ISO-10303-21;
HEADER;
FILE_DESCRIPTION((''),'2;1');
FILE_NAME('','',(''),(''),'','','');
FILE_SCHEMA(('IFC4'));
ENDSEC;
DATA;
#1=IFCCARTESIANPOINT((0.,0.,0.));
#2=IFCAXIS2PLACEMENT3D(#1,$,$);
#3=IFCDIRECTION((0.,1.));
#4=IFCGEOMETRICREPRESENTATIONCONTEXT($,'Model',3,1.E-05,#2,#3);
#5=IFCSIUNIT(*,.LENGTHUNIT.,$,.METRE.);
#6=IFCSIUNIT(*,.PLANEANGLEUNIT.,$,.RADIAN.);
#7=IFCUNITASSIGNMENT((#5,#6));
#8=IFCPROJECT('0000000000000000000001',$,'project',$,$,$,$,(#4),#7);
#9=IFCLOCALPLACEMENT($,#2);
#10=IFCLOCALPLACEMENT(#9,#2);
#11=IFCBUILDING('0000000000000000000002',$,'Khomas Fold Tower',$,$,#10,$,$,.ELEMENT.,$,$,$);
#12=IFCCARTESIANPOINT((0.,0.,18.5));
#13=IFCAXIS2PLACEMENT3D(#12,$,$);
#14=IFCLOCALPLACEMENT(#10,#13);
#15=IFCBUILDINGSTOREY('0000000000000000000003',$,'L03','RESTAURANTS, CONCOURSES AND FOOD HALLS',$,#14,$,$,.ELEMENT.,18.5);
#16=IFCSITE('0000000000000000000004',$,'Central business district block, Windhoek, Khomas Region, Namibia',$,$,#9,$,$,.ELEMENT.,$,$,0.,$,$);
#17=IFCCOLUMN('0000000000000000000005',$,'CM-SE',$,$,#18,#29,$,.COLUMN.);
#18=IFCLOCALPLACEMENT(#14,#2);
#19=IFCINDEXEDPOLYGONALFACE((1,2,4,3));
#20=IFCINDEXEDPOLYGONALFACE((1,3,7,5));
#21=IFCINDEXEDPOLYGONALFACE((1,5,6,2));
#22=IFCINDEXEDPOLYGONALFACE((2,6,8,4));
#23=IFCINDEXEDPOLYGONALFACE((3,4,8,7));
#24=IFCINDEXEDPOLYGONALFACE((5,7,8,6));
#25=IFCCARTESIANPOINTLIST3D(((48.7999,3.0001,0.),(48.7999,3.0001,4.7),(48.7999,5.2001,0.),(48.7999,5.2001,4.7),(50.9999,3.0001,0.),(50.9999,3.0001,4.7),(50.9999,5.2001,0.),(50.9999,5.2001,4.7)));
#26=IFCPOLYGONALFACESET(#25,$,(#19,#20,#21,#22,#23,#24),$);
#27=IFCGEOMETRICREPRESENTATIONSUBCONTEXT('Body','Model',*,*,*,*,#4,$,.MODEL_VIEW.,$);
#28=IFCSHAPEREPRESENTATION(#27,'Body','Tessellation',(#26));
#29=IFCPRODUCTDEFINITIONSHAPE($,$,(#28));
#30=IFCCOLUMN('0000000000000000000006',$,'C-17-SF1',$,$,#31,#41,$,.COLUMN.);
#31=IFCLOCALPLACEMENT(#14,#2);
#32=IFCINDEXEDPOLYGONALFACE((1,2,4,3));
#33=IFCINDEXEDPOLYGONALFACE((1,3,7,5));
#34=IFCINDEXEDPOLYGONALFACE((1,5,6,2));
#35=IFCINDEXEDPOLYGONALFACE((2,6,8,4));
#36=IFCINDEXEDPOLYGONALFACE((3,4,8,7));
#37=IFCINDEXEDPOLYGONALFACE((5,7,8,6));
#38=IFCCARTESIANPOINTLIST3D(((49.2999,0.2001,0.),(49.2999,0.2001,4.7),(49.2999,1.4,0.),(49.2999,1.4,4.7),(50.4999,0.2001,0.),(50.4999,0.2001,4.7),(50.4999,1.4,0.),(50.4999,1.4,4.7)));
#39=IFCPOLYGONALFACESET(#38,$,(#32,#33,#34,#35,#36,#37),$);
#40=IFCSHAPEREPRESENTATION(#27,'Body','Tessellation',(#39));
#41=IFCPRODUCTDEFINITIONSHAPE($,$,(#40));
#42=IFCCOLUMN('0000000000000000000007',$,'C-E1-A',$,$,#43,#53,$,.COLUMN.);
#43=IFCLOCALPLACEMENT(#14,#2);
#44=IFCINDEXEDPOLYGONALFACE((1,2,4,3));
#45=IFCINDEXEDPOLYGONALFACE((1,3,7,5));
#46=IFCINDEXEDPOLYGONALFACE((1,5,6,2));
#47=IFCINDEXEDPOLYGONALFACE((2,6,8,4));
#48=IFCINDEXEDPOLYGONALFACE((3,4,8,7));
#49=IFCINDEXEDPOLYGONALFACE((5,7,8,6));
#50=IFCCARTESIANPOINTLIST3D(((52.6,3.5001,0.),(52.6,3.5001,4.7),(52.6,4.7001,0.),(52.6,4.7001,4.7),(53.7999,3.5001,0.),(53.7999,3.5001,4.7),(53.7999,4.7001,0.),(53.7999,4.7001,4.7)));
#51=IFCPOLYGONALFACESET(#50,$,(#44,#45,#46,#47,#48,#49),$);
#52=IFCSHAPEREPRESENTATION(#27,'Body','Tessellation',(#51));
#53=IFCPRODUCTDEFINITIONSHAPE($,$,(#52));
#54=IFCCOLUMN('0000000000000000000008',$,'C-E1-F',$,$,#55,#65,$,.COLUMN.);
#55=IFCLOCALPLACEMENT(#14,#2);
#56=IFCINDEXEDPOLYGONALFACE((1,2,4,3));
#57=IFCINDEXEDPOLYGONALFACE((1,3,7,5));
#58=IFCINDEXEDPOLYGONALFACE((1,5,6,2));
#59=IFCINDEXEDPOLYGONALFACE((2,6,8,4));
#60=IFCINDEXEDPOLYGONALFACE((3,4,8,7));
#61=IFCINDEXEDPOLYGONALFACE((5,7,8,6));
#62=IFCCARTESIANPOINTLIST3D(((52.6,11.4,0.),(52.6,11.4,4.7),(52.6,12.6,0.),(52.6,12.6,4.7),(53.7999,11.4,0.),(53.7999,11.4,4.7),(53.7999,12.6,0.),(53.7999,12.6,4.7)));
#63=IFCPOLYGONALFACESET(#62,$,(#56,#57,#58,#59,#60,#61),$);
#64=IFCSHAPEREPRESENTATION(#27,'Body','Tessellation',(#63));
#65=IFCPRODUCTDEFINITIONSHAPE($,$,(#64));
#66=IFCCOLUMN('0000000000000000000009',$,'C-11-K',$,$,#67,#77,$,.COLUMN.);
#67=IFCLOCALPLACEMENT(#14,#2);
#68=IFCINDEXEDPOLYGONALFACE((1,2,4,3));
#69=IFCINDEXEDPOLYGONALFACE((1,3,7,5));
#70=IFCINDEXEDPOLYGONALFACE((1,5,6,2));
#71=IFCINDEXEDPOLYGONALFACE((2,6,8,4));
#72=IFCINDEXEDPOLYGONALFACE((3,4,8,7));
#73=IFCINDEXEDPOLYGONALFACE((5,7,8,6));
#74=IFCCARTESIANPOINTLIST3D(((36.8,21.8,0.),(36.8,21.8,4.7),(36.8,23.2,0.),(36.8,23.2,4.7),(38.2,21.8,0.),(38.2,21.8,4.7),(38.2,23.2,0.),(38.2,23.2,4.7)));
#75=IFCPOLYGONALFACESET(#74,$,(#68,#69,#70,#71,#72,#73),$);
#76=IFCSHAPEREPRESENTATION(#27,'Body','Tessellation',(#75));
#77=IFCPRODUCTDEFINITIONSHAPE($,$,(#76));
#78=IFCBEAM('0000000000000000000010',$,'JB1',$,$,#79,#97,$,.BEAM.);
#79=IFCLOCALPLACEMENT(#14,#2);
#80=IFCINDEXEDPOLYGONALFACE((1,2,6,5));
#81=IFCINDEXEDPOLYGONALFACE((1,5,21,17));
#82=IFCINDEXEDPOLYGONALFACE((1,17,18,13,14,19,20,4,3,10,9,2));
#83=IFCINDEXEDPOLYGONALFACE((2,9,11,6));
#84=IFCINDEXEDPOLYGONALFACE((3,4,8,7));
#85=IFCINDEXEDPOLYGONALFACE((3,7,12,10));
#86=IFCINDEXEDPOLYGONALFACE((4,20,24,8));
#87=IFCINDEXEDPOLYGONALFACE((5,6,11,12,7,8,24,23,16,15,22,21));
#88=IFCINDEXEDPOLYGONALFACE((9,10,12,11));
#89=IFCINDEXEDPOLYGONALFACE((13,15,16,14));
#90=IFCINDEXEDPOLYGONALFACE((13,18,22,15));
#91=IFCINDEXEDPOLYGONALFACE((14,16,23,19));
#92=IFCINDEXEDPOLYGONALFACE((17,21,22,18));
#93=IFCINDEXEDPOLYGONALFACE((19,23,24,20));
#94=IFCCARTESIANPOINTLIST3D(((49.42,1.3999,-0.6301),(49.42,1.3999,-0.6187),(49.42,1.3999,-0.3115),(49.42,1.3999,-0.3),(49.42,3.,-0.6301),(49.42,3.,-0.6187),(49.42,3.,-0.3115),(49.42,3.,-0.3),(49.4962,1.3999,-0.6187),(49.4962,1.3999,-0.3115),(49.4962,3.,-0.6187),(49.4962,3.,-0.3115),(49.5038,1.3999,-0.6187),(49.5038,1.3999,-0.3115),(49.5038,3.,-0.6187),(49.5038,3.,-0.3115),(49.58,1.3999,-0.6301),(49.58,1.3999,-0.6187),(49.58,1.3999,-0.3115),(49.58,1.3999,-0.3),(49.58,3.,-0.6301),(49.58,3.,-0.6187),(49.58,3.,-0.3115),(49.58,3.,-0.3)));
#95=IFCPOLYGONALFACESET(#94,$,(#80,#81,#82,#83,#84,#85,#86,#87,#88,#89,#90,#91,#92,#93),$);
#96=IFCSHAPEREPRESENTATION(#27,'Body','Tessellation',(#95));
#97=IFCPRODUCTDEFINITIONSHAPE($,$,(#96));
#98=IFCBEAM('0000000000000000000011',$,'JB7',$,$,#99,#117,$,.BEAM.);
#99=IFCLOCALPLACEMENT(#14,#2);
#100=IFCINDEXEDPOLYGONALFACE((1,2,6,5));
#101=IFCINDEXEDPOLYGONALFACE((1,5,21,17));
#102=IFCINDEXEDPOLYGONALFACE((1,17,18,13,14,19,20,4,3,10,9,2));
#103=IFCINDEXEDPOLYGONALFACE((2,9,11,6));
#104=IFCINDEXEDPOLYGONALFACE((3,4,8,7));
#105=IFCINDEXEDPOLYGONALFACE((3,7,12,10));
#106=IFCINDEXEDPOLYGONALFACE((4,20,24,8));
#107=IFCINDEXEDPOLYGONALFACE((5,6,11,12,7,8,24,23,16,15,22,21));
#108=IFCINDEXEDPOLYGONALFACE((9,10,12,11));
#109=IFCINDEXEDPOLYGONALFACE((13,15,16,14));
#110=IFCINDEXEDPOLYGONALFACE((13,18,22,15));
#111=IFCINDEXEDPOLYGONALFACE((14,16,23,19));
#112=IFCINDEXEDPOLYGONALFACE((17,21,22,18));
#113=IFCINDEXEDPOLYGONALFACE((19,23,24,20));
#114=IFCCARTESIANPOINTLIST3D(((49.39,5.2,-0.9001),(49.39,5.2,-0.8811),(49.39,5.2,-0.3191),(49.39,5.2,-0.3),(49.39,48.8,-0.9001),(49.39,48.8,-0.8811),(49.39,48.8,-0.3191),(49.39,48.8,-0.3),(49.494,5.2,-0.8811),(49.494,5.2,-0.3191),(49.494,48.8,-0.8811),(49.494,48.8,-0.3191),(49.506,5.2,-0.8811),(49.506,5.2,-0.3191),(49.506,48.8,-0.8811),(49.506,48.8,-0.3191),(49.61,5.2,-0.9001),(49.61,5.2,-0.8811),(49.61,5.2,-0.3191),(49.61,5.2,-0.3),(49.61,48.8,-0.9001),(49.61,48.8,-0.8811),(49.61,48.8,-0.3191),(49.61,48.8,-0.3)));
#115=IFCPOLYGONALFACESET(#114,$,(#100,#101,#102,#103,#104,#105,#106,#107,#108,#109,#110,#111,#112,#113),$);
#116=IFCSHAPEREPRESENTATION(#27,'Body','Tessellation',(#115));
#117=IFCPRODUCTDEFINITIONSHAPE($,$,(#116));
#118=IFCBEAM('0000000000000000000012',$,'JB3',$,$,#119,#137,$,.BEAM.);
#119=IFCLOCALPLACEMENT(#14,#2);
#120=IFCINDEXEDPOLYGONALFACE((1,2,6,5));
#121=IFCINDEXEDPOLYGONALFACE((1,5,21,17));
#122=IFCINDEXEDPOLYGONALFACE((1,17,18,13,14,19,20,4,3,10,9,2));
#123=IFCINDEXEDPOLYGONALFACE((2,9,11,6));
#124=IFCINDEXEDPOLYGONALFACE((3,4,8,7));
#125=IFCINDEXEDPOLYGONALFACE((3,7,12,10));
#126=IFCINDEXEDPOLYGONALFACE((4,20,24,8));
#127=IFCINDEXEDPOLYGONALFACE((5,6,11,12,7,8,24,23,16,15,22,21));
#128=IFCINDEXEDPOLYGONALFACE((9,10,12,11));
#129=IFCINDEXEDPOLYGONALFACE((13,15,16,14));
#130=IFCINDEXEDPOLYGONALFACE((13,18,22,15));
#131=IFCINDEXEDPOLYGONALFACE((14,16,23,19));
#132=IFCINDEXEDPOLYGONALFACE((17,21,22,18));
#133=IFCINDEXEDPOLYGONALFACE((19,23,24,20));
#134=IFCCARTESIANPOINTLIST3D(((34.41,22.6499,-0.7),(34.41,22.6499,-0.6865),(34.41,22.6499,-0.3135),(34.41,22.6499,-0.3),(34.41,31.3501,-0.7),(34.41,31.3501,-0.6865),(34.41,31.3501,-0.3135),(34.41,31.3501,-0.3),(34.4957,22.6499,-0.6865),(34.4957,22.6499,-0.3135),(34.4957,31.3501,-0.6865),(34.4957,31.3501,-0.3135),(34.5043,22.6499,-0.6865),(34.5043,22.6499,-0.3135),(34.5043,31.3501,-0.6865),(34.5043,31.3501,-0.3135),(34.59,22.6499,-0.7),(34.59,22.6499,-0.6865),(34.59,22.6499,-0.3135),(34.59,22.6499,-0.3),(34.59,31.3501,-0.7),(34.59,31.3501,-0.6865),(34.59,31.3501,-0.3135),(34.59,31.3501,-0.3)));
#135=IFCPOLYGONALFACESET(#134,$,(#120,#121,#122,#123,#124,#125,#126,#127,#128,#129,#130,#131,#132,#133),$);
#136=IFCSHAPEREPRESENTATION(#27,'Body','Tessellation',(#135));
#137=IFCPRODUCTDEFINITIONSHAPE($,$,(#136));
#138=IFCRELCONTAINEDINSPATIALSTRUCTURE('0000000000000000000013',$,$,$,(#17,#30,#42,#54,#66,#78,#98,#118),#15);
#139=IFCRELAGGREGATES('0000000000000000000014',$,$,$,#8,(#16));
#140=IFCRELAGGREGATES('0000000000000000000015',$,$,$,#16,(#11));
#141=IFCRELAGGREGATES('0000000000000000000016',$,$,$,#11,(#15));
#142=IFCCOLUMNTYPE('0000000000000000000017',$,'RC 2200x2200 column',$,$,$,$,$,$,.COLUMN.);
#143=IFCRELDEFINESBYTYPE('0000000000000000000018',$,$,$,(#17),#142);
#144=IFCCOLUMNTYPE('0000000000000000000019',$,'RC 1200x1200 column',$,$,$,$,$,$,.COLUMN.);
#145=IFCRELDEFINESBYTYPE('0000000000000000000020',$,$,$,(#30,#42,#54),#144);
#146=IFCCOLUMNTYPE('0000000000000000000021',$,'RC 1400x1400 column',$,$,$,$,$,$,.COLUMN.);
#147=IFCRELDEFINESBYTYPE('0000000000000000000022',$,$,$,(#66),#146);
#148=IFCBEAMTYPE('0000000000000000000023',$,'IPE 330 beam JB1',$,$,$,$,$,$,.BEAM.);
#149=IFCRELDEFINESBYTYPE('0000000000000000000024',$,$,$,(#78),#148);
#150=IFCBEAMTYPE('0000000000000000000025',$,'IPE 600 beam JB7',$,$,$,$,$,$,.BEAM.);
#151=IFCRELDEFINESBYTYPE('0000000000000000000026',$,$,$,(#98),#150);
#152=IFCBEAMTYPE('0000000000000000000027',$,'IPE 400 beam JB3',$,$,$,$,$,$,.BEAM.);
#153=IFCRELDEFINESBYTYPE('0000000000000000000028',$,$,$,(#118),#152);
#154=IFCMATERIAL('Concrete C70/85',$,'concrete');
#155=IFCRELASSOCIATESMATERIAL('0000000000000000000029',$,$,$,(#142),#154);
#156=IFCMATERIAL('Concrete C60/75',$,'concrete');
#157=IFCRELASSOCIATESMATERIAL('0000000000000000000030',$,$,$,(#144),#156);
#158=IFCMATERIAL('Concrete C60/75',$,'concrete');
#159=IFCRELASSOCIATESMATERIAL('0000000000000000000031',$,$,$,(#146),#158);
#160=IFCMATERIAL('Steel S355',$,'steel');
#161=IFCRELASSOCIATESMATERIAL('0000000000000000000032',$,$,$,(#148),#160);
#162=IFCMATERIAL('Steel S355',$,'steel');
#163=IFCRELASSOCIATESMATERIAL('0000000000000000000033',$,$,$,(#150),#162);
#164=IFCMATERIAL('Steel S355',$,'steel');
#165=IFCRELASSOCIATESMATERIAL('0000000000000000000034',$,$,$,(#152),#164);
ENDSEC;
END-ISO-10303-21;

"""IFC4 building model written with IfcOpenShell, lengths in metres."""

from ifc_helpers import new_model, si_unit, direction, frame, origin, origin_2d, place, context, subcontext, project, spatial, rectangle, i_section, extrude, source, transform, mapped, material, material_profile, profile_set, type_object, element, save


model = new_model("IFC4")

# Units and contexts
model_context = context("Model", 3, precision=1e-05, world=origin(), true_north=direction((0.0, 1.0)))
body_context = subcontext(model_context, "Body", "Model", "MODEL_VIEW")
ifc_project = project(units=[si_unit("LENGTHUNIT", "METRE"), si_unit("PLANEANGLEUNIT", "RADIAN")], contexts=[model_context])

# Site, building, storey
site_placement = place(None, origin())
site = spatial("IfcSite", under=ifc_project, at=site_placement, Name="Central business district block, Windhoek, Khomas Region, Namibia", CompositionType="ELEMENT", RefElevation=0.0)
building_placement = place(site_placement, origin())
building = spatial("IfcBuilding", under=site, at=building_placement, Name="Khomas Fold Tower", CompositionType="ELEMENT")
storey_placement = place(building_placement, frame((0.0, 0.0, 18.5)))
storey = spatial("IfcBuildingStorey", under=building, at=storey_placement, Name="L03", Description="RESTAURANTS, CONCOURSES AND FOOD HALLS", CompositionType="ELEMENT", Elevation=18.5)

# Columns
ifc_material_1 = material(Name="Concrete C70/85", Category="concrete")
ifc_material_profile_1 = material_profile(ifc_material_1, rectangle(XDim=2.2, YDim=2.2, at=origin_2d()), Name="RC 2200x2200")
ifc_profile_set_1 = profile_set([ifc_material_profile_1], Name="Concrete C70/85")
column_type_1 = type_object("IfcColumnType", Name="RC 2200x2200 column", PredefinedType="COLUMN", material=ifc_profile_set_1)
shared_shape_1 = source(origin(), body_context, "Body", "SweptSolid", [
    extrude(rectangle(XDim=2.2, YDim=2.2, at=origin_2d()), origin(), (0.0, 0.0, 1.0), 4.7),
])
column_1_placement = place(storey_placement, frame((49.8999, 4.1001, 0.0), z_axis=(0.0, 0.0, 1.0), x_axis=(1.0, 0.0, 0.0)))
element("IfcColumn", 1, at=column_1_placement, inside=storey, type_object=column_type_1, Name="CM-SE", PredefinedType="COLUMN", context=body_context, shape_type="MappedRepresentation", body=[
    mapped(shared_shape_1, transform((0.0, 0.0, 0.0))),
])
ifc_material_2 = material(Name="Concrete C60/75", Category="concrete")
ifc_material_profile_2 = material_profile(ifc_material_2, rectangle(XDim=1.2, YDim=1.2, at=origin_2d()), Name="RC 1200x1200")
ifc_profile_set_2 = profile_set([ifc_material_profile_2], Name="Concrete C60/75")
column_type_2 = type_object("IfcColumnType", Name="RC 1200x1200 column", PredefinedType="COLUMN", material=ifc_profile_set_2)
shared_shape_2 = source(origin(), body_context, "Body", "SweptSolid", [
    extrude(rectangle(XDim=1.2, YDim=1.2, at=origin_2d()), origin(), (0.0, 0.0, 1.0), 4.7),
])
for number, where, z_axis, x_axis, name in (
    (2, (49.8999, 0.8, 0.0), (0.0, 0.0, 1.0), (1.0, 0.0, 0.0), "C-17-SF1"),
    (3, (53.2, 4.1001, 0.0), (0.0, 0.0, 1.0), (1.0, 0.0, 0.0), "C-E1-A"),
    (4, (53.2, 12.0, 0.0), (0.0, 0.0, 1.0), (1.0, 0.0, 0.0), "C-E1-F"),
):
    element("IfcColumn", number, at=place(storey_placement, frame(where, z_axis=z_axis, x_axis=x_axis)), inside=storey, type_object=column_type_2, Name=name, PredefinedType="COLUMN", context=body_context, shape_type="MappedRepresentation", body=[
        mapped(shared_shape_2, transform((0.0, 0.0, 0.0))),
    ])
ifc_material_3 = material(Name="Concrete C60/75", Category="concrete")
ifc_material_profile_3 = material_profile(ifc_material_3, rectangle(XDim=1.3999, YDim=1.3999, at=origin_2d()), Name="RC 1400x1400")
ifc_profile_set_3 = profile_set([ifc_material_profile_3], Name="Concrete C60/75")
column_type_3 = type_object("IfcColumnType", Name="RC 1400x1400 column", PredefinedType="COLUMN", material=ifc_profile_set_3)
shared_shape_3 = source(origin(), body_context, "Body", "SweptSolid", [
    extrude(rectangle(XDim=1.3999, YDim=1.3999, at=origin_2d()), origin(), (0.0, 0.0, 1.0), 4.7),
])
column_2_placement = place(storey_placement, frame((37.5, 22.5, 0.0), z_axis=(0.0, 0.0, 1.0), x_axis=(1.0, 0.0, 0.0)))
element("IfcColumn", 5, at=column_2_placement, inside=storey, type_object=column_type_3, Name="C-11-K", PredefinedType="COLUMN", context=body_context, shape_type="MappedRepresentation", body=[
    mapped(shared_shape_3, transform((0.0, 0.0, 0.0))),
])

# Beams
ifc_material_4 = material(Name="Steel S355", Category="steel")
ifc_material_profile_4 = material_profile(ifc_material_4, i_section(OverallWidth=0.1599, OverallDepth=0.3301, WebThickness=0.0076, FlangeThickness=0.0115, at=origin_2d()), Name="IPE 330")
ifc_profile_set_4 = profile_set([ifc_material_profile_4], Name="Steel S355")
beam_type_1 = type_object("IfcBeamType", Name="IPE 330 beam JB1", PredefinedType="BEAM", material=ifc_profile_set_4)
shared_shape_4 = source(origin(), body_context, "Body", "SweptSolid", [
    extrude(i_section(OverallWidth=0.1599, OverallDepth=0.3301, WebThickness=0.0076, FlangeThickness=0.0115, at=origin_2d()), origin(), (0.0, 0.0, 1.0), 1.6001),
])
beam_1_placement = place(storey_placement, frame((49.5, 1.3999, -0.4651), z_axis=(0.0, 1.0, 0.0), x_axis=(-1.0, 0.0, 0.0)))
element("IfcBeam", 6, at=beam_1_placement, inside=storey, type_object=beam_type_1, Name="JB1", PredefinedType="BEAM", context=body_context, shape_type="MappedRepresentation", body=[
    mapped(shared_shape_4, transform((0.0, 0.0, 0.0))),
])
ifc_material_5 = material(Name="Steel S355", Category="steel")
ifc_material_profile_5 = material_profile(ifc_material_5, i_section(OverallWidth=0.22, OverallDepth=0.6001, WebThickness=0.012, FlangeThickness=0.019, at=origin_2d()), Name="IPE 600")
ifc_profile_set_5 = profile_set([ifc_material_profile_5], Name="Steel S355")
beam_type_2 = type_object("IfcBeamType", Name="IPE 600 beam JB7", PredefinedType="BEAM", material=ifc_profile_set_5)
shared_shape_5 = source(origin(), body_context, "Body", "SweptSolid", [
    extrude(i_section(OverallWidth=0.22, OverallDepth=0.6001, WebThickness=0.012, FlangeThickness=0.019, at=origin_2d()), origin(), (0.0, 0.0, 1.0), 43.6001),
])
beam_2_placement = place(storey_placement, frame((49.5, 5.2, -0.6001), z_axis=(0.0, 1.0, 0.0), x_axis=(-1.0, 0.0, 0.0)))
element("IfcBeam", 7, at=beam_2_placement, inside=storey, type_object=beam_type_2, Name="JB7", PredefinedType="BEAM", context=body_context, shape_type="MappedRepresentation", body=[
    mapped(shared_shape_5, transform((0.0, 0.0, 0.0))),
])
ifc_material_6 = material(Name="Steel S355", Category="steel")
ifc_material_profile_6 = material_profile(ifc_material_6, i_section(OverallWidth=0.1799, OverallDepth=0.3999, WebThickness=0.0085, FlangeThickness=0.0134, at=origin_2d()), Name="IPE 400")
ifc_profile_set_6 = profile_set([ifc_material_profile_6], Name="Steel S355")
beam_type_3 = type_object("IfcBeamType", Name="IPE 400 beam JB3", PredefinedType="BEAM", material=ifc_profile_set_6)
shared_shape_6 = source(origin(), body_context, "Body", "SweptSolid", [
    extrude(i_section(OverallWidth=0.1799, OverallDepth=0.3999, WebThickness=0.0085, FlangeThickness=0.0134, at=origin_2d()), origin(), (0.0, 0.0, 1.0), 8.7002),
])
beam_3_placement = place(storey_placement, frame((34.5, 22.6499, -0.5), z_axis=(0.0, 1.0, 0.0), x_axis=(-1.0, 0.0, 0.0)))
element("IfcBeam", 8, at=beam_3_placement, inside=storey, type_object=beam_type_3, Name="JB3", PredefinedType="BEAM", context=body_context, shape_type="MappedRepresentation", body=[
    mapped(shared_shape_6, transform((0.0, 0.0, 0.0))),
])

save(model, "model.ifc")
